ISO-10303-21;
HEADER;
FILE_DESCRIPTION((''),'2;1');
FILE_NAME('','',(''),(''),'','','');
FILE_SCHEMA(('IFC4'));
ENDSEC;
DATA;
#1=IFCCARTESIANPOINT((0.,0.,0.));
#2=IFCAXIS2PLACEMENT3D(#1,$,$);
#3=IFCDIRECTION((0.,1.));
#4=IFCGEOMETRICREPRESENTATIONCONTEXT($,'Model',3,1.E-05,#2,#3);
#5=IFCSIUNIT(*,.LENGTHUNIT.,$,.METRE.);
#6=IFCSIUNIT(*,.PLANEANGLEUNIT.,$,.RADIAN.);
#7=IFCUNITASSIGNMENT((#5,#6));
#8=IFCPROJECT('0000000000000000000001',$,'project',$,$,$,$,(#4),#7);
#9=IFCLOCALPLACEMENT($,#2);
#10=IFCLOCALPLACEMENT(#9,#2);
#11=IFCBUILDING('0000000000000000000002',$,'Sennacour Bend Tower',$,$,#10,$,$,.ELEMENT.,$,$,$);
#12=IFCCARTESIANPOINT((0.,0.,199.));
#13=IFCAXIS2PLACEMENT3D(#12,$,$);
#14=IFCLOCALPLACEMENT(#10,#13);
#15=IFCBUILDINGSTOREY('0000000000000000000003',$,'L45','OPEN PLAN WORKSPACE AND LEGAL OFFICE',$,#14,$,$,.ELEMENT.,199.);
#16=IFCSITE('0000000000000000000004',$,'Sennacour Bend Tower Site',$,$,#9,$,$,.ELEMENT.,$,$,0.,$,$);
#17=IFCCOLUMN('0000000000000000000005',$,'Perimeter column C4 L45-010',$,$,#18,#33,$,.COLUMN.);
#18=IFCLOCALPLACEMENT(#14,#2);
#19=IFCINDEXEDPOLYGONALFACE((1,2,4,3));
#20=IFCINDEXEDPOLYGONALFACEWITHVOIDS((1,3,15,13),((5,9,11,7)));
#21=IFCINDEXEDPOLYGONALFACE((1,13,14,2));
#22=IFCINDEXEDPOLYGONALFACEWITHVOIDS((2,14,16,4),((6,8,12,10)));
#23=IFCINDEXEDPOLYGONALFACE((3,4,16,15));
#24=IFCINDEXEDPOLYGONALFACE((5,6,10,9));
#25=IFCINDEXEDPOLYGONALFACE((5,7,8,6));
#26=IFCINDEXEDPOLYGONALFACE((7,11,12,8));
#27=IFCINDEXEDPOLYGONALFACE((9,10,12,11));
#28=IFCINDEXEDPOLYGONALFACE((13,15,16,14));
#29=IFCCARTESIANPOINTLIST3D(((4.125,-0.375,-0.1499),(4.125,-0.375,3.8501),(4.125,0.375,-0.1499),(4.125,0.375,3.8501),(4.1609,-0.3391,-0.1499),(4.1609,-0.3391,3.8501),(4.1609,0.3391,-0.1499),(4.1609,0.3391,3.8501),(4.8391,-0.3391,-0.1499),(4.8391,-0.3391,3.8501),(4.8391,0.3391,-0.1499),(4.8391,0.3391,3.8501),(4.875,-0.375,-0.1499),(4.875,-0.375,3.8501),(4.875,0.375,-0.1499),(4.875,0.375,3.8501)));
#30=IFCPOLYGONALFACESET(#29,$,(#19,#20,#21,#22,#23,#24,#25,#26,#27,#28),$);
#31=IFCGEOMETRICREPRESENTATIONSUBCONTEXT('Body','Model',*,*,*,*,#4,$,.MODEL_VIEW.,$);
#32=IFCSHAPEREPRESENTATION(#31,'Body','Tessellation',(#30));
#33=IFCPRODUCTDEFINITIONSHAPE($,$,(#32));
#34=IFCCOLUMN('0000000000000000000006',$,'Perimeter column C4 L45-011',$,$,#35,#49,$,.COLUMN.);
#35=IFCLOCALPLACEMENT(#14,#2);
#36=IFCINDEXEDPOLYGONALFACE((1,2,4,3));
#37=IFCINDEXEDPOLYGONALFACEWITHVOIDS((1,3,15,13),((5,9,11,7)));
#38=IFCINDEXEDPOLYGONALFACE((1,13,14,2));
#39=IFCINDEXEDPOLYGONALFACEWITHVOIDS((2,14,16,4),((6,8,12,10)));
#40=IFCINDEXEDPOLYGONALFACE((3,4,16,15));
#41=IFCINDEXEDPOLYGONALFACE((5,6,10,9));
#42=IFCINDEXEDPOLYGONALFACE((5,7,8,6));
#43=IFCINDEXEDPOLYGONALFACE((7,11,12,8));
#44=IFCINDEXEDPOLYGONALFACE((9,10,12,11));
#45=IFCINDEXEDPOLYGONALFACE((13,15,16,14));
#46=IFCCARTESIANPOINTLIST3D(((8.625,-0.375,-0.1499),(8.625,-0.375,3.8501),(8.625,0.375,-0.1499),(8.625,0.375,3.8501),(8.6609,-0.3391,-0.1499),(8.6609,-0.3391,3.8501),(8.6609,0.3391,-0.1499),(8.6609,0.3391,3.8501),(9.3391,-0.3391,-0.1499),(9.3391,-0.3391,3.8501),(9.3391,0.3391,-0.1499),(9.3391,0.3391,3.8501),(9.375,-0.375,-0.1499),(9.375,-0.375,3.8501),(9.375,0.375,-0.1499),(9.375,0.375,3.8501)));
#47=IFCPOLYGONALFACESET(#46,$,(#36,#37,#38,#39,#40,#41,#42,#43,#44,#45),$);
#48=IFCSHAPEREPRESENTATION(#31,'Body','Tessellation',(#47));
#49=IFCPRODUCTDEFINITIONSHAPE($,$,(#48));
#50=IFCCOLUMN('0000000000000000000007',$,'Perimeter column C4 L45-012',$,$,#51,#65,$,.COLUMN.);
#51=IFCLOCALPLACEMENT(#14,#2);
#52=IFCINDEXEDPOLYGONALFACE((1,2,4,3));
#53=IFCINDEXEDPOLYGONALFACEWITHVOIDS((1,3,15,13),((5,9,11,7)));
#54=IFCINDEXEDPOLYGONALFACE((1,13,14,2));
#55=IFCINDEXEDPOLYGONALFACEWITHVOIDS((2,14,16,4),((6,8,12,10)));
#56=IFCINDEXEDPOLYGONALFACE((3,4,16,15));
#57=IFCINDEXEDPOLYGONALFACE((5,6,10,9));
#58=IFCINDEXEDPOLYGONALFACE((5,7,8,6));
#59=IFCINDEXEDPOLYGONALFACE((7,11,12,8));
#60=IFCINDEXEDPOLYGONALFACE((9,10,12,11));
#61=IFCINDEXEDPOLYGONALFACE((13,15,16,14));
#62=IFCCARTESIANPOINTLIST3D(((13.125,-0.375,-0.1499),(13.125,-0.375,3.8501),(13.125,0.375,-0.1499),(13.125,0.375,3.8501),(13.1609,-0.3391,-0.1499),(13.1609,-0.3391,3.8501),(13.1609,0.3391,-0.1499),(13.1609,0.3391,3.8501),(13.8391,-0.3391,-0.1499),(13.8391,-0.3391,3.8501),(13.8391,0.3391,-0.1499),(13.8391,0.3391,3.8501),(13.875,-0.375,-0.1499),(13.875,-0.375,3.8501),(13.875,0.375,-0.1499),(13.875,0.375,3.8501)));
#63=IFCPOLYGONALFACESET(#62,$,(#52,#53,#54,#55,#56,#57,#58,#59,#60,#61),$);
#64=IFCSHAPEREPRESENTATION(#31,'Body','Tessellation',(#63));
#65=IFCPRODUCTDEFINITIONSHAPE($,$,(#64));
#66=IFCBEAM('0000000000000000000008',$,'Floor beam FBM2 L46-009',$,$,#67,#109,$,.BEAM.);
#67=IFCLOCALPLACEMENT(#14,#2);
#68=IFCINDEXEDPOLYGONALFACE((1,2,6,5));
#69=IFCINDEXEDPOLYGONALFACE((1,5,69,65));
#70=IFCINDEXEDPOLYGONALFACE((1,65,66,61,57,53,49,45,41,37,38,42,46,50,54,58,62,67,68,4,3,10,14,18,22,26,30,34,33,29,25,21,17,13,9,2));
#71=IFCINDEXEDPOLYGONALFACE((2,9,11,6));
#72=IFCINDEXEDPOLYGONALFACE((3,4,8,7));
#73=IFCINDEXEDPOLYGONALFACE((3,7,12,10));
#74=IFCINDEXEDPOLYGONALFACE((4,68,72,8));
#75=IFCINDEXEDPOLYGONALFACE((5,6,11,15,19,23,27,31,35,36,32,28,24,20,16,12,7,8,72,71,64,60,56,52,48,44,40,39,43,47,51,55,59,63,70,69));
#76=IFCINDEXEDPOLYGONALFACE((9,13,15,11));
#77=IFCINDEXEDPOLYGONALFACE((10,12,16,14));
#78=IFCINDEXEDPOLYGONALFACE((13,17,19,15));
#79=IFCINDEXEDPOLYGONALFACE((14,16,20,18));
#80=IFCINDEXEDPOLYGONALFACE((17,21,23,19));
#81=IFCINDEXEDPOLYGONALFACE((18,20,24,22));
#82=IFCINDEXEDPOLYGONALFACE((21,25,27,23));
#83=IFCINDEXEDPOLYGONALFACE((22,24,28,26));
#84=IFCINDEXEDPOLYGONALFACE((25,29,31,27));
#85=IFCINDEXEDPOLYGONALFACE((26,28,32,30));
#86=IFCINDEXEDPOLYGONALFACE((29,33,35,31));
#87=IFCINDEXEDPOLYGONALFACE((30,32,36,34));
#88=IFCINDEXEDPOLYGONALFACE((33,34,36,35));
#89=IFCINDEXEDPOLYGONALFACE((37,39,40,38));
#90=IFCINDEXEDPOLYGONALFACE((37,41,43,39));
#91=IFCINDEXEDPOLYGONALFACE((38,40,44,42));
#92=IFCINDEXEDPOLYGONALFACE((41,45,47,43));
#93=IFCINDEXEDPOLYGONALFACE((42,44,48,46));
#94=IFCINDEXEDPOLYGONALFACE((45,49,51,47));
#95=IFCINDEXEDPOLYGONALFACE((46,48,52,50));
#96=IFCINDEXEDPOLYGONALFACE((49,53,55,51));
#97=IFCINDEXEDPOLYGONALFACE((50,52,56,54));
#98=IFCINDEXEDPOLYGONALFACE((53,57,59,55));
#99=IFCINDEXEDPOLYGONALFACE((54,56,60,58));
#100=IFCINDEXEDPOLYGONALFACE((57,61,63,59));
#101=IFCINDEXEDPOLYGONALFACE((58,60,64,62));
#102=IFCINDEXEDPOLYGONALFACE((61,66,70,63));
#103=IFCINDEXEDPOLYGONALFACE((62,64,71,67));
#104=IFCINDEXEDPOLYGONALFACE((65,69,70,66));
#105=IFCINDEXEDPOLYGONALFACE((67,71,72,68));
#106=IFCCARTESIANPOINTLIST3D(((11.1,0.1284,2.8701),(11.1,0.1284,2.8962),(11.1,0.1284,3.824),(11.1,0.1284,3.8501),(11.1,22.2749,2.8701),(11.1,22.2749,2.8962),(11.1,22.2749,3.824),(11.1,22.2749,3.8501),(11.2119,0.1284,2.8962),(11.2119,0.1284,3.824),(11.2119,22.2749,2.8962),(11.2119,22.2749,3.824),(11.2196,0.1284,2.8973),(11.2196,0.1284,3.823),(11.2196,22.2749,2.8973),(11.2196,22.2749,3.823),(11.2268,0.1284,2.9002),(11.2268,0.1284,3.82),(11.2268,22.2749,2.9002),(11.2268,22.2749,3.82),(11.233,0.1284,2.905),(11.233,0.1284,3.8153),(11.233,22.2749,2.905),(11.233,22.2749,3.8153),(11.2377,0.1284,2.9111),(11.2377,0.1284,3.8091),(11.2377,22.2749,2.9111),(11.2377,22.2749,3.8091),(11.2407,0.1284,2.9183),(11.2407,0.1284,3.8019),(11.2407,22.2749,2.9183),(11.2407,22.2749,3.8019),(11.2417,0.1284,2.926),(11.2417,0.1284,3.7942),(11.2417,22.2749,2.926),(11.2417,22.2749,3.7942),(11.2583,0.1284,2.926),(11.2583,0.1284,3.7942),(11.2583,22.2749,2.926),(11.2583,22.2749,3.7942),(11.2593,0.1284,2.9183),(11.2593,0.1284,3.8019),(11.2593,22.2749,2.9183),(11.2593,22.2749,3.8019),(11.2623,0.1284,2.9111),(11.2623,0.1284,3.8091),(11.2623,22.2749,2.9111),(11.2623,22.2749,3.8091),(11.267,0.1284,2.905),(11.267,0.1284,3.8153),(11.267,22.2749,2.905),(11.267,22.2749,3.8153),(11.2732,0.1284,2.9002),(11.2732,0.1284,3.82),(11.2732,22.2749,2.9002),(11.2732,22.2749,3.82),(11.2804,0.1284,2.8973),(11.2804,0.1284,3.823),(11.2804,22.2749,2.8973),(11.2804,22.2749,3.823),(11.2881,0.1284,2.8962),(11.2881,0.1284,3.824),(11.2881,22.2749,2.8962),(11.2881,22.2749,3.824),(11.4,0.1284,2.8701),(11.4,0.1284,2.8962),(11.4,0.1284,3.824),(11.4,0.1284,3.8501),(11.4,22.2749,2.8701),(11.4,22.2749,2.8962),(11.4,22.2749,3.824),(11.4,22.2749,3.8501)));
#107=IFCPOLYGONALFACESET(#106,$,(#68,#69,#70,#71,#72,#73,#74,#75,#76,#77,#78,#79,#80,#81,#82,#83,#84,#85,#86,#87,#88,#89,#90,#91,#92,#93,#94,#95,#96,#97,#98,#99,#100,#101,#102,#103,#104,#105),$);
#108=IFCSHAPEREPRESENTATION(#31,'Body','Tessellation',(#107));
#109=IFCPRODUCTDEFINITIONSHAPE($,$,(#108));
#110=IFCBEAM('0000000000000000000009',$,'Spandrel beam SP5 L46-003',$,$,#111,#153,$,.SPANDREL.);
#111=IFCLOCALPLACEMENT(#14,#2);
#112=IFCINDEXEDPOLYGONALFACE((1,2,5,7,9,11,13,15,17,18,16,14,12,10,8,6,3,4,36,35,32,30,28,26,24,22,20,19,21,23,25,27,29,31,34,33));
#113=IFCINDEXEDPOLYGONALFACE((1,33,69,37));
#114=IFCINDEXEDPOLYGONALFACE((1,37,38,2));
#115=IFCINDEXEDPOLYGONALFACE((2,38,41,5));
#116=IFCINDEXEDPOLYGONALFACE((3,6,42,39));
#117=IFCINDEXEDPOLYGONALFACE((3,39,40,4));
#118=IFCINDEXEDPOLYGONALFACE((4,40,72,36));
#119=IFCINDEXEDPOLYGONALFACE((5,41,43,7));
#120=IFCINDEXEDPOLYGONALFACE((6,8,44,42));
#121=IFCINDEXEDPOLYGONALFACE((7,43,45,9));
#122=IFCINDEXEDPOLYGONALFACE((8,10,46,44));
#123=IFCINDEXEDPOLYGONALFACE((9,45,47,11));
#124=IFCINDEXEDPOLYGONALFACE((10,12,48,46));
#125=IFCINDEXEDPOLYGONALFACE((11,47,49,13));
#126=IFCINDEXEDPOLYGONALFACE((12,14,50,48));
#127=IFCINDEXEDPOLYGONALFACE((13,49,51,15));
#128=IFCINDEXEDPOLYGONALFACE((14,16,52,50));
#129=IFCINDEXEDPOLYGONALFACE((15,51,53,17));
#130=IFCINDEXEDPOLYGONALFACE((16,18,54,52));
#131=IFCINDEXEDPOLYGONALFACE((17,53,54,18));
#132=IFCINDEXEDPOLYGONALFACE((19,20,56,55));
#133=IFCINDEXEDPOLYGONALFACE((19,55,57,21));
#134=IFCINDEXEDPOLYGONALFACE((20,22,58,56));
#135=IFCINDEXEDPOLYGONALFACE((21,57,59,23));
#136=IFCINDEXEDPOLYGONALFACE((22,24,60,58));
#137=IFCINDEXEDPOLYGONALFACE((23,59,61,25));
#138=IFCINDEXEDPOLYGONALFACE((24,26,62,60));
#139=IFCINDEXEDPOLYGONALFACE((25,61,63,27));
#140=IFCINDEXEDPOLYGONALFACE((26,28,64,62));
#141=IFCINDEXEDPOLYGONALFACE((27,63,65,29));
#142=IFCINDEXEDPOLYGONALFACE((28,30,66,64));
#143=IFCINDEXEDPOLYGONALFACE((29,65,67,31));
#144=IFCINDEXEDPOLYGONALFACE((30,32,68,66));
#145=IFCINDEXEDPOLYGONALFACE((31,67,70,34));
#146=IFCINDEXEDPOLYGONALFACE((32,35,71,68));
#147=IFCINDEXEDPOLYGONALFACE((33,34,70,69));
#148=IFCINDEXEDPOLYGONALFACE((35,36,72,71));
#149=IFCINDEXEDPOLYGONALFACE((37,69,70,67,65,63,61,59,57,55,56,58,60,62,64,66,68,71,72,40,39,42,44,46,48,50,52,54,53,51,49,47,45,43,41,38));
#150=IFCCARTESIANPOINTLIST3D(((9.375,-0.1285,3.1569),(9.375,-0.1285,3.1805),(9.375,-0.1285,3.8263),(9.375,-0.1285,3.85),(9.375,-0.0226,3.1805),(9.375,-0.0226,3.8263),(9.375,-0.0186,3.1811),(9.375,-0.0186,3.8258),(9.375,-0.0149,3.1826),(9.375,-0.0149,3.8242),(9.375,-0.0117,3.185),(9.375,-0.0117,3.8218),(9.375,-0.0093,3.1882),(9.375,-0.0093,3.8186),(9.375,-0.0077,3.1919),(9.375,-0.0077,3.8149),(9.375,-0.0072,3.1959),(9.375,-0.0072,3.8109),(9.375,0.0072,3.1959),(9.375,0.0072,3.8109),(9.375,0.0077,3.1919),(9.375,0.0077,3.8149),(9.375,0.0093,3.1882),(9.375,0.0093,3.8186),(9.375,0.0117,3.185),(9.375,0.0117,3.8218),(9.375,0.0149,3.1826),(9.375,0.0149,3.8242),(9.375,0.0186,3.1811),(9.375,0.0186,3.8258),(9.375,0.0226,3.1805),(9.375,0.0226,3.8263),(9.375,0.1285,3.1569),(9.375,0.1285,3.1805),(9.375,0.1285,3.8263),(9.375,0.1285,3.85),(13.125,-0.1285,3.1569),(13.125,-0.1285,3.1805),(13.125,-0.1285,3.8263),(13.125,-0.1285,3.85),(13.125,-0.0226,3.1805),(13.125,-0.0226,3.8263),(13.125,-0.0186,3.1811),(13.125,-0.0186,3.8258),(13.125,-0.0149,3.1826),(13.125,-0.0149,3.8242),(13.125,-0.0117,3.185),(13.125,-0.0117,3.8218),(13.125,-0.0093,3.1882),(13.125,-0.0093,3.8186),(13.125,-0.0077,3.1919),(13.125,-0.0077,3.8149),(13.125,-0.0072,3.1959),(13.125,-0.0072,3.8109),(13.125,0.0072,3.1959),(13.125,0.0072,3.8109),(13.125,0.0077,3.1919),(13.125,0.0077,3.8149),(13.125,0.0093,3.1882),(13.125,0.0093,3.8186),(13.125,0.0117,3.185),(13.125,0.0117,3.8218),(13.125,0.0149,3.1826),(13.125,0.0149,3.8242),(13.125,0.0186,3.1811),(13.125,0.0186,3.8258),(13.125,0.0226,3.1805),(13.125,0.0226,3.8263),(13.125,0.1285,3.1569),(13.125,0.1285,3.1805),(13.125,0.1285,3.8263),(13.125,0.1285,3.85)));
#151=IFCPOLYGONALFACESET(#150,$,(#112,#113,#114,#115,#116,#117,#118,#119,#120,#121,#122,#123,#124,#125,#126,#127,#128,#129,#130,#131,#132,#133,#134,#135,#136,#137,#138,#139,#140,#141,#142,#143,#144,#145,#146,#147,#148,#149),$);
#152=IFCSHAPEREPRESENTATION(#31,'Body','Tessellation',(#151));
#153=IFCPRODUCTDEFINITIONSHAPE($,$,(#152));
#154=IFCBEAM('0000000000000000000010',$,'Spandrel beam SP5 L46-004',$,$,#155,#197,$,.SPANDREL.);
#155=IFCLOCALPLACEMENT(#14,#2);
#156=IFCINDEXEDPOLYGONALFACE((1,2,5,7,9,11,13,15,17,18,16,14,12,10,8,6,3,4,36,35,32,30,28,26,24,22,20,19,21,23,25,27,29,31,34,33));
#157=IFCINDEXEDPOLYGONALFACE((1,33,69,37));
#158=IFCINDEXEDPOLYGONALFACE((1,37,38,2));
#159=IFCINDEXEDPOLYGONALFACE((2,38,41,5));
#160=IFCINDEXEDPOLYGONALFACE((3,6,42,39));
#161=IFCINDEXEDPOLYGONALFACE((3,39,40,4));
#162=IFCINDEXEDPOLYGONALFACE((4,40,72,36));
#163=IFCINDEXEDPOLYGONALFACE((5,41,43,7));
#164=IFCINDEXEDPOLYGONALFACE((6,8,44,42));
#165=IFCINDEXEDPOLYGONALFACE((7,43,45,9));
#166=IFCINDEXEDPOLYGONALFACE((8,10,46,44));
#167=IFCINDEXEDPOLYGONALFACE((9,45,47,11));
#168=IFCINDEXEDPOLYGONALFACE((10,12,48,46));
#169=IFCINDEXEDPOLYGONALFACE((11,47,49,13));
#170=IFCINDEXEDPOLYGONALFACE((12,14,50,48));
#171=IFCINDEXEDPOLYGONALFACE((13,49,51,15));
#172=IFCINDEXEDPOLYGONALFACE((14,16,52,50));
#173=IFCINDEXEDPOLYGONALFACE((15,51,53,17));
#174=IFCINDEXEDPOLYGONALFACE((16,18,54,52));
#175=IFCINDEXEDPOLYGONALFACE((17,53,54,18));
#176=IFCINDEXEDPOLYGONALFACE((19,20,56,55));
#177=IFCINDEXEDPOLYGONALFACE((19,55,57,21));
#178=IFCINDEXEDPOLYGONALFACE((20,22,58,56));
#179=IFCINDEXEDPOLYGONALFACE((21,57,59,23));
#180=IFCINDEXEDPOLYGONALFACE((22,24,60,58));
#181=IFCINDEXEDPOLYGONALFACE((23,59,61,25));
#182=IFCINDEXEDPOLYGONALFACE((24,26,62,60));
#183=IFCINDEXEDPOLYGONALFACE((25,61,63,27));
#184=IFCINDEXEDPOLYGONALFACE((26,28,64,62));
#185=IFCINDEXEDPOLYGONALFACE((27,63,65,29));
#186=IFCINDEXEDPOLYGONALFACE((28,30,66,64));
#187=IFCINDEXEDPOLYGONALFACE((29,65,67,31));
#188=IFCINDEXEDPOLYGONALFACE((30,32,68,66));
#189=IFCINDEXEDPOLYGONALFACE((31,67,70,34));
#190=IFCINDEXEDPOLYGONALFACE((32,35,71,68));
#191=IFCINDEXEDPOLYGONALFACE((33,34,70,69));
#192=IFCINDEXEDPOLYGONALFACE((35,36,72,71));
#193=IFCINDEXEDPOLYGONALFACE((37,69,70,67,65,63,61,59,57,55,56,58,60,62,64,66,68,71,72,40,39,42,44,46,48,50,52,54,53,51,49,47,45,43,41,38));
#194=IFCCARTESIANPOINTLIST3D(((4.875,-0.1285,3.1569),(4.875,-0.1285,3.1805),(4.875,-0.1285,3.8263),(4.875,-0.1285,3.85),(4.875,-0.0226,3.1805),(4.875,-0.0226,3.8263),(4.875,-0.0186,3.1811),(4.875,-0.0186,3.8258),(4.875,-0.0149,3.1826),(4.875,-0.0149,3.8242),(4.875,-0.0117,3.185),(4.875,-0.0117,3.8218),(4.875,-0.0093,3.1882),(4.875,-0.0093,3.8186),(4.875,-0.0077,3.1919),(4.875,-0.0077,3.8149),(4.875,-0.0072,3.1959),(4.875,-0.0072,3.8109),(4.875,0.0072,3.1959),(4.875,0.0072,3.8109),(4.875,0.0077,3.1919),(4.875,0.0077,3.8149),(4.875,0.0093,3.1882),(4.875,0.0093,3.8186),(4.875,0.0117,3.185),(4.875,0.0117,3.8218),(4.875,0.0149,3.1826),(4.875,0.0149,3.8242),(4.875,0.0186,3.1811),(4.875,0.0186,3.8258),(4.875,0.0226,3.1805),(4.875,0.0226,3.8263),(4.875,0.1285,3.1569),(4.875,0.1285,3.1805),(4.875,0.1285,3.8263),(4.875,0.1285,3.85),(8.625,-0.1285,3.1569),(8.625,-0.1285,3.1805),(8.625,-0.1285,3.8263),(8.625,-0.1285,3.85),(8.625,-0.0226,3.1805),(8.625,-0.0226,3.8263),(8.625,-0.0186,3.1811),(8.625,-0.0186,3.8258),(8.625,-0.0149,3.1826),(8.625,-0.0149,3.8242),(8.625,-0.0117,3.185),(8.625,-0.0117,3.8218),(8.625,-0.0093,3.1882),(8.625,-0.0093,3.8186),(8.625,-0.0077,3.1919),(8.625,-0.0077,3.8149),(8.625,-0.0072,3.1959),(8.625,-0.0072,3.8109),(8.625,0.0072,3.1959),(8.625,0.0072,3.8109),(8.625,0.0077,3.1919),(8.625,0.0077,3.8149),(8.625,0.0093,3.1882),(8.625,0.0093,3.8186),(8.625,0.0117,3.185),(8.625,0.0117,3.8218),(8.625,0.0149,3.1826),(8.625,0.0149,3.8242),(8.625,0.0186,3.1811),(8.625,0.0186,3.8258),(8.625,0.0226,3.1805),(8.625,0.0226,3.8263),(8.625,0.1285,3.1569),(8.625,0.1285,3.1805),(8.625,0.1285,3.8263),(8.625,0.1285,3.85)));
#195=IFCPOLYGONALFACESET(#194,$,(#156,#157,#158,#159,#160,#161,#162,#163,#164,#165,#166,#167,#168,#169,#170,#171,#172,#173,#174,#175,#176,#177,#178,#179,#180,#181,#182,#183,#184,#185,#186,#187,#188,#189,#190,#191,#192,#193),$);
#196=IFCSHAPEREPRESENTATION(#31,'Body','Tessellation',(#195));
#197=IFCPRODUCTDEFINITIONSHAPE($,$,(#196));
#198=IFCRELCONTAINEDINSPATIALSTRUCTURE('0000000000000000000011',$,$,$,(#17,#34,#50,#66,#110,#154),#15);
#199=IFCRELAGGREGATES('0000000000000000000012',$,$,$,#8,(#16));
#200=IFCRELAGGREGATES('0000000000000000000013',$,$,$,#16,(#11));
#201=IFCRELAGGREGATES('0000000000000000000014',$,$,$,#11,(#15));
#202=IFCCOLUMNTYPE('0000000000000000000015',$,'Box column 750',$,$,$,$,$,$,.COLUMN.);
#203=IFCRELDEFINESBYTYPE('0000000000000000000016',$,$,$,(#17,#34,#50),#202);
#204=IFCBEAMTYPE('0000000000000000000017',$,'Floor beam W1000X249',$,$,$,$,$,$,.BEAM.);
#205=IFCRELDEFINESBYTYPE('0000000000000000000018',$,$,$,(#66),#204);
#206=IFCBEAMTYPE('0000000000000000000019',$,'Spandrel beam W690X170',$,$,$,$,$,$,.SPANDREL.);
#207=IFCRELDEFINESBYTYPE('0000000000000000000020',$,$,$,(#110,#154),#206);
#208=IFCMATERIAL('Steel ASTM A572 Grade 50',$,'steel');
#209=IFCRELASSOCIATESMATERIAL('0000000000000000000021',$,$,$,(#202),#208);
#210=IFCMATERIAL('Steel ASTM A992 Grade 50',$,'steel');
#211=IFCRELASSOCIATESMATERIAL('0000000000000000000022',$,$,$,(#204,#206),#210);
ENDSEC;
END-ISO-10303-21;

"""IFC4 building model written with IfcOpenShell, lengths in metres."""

from ifc_helpers import new_model, si_unit, direction, frame, origin, origin_2d, place, context, subcontext, project, spatial, hollow_rectangle, i_section, extrude, material, material_profile, profile_set, type_object, element, save


model = new_model("IFC4")

# Units and contexts
model_context = context("Model", 3, precision=1e-05, world=origin(), true_north=direction((0.0, 1.0)))
body_context = subcontext(model_context, "Body", "Model", "MODEL_VIEW")
ifc_project = project(units=[si_unit("LENGTHUNIT", "METRE"), si_unit("PLANEANGLEUNIT", "RADIAN")], contexts=[model_context])

# Site, building, storey
site_placement = place(None, origin())
site = spatial("IfcSite", under=ifc_project, at=site_placement, Name="Sennacour Bend Tower Site", CompositionType="ELEMENT", RefElevation=0.0)
building_placement = place(site_placement, origin())
building = spatial("IfcBuilding", under=site, at=building_placement, Name="Sennacour Bend Tower", CompositionType="ELEMENT")
storey_placement = place(building_placement, frame((0.0, 0.0, 199.0)))
storey = spatial("IfcBuildingStorey", under=building, at=storey_placement, Name="L45", Description="OPEN PLAN WORKSPACE AND LEGAL OFFICE", CompositionType="ELEMENT", Elevation=199.0)

# Columns
ifc_material_1 = material(Name="Steel ASTM A572 Grade 50", Category="steel")
ifc_material_profile_1 = material_profile(ifc_material_1, hollow_rectangle(XDim=0.75, YDim=0.75, WallThickness=0.0359, at=origin_2d()), Name="Steel ASTM A572 Grade 50", Category="steel")
ifc_profile_set_1 = profile_set([ifc_material_profile_1], Name="Steel ASTM A572 Grade 50")
column_type = type_object("IfcColumnType", Name="Box column 750", PredefinedType="COLUMN", material=ifc_profile_set_1)
for number, where, z_axis, x_axis, name in (
    (1, (4.5, 0.0, -0.1499), (0.0, 0.0, 1.0), (1.0, 0.0, 0.0), "Perimeter column C4 L45-010"),
    (2, (9.0, 0.0, -0.1499), (0.0, 0.0, 1.0), (1.0, 0.0, 0.0), "Perimeter column C4 L45-011"),
    (3, (13.5, 0.0, -0.1499), (0.0, 0.0, 1.0), (1.0, 0.0, 0.0), "Perimeter column C4 L45-012"),
):
    element("IfcColumn", number, at=place(storey_placement, frame(where, z_axis=z_axis, x_axis=x_axis)), inside=storey, type_object=column_type, Name=name, PredefinedType="COLUMN", context=body_context, shape_type="SweptSolid", body=[
        extrude(hollow_rectangle(XDim=0.75, YDim=0.75, WallThickness=0.0359, at=origin_2d()), origin(), (0.0, 0.0, 1.0), 4.0),
    ])

# Beams
ifc_material_2 = material(Name="Steel ASTM A992 Grade 50", Category="steel")
ifc_material_profile_2 = material_profile(ifc_material_2, i_section(OverallWidth=0.3, OverallDepth=0.98, WebThickness=0.0166, FlangeThickness=0.0261, FilletRadius=0.0298, at=origin_2d()), Name="Steel ASTM A992 Grade 50", Category="steel")
ifc_profile_set_2 = profile_set([ifc_material_profile_2], Name="Steel ASTM A992 Grade 50")
beam_type_1 = type_object("IfcBeamType", Name="Floor beam W1000X249", PredefinedType="BEAM", material=ifc_profile_set_2)
beam_placement = place(storey_placement, frame((11.25, 0.1284, 3.3601), z_axis=(0.0, 1.0, 0.0), x_axis=(-1.0, 0.0, 0.0)))
element("IfcBeam", 4, at=beam_placement, inside=storey, type_object=beam_type_1, Name="Floor beam FBM2 L46-009", PredefinedType="BEAM", context=body_context, shape_type="SweptSolid", body=[
    extrude(i_section(OverallWidth=0.3, OverallDepth=0.98, WebThickness=0.0166, FlangeThickness=0.0261, FilletRadius=0.0298, at=origin_2d()), origin(), (0.0, 0.0, 1.0), 22.1465),
])
ifc_material_profile_3 = material_profile(ifc_material_2, i_section(OverallWidth=0.2571, OverallDepth=0.6931, WebThickness=0.0144, FlangeThickness=0.0237, FilletRadius=0.0154, at=origin_2d()), Name="Steel ASTM A992 Grade 50", Category="steel")
ifc_profile_set_3 = profile_set([ifc_material_profile_3], Name="Steel ASTM A992 Grade 50")
beam_type_2 = type_object("IfcBeamType", Name="Spandrel beam W690X170", PredefinedType="SPANDREL", material=ifc_profile_set_3)
for number, where, z_axis, x_axis, name in (
    (5, (13.125, 0.0, 3.5034), (-1.0, 0.0, 0.0), (0.0, -1.0, 0.0), "Spandrel beam SP5 L46-003"),
    (6, (8.625, 0.0, 3.5034), (-1.0, 0.0, 0.0), (0.0, -1.0, 0.0), "Spandrel beam SP5 L46-004"),
):
    element("IfcBeam", number, at=place(storey_placement, frame(where, z_axis=z_axis, x_axis=x_axis)), inside=storey, type_object=beam_type_2, Name=name, PredefinedType="SPANDREL", context=body_context, shape_type="SweptSolid", body=[
        extrude(i_section(OverallWidth=0.2571, OverallDepth=0.6931, WebThickness=0.0144, FlangeThickness=0.0237, FilletRadius=0.0154, at=origin_2d()), origin(), (0.0, 0.0, 1.0), 3.75),
    ])

save(model, "model.ifc")
